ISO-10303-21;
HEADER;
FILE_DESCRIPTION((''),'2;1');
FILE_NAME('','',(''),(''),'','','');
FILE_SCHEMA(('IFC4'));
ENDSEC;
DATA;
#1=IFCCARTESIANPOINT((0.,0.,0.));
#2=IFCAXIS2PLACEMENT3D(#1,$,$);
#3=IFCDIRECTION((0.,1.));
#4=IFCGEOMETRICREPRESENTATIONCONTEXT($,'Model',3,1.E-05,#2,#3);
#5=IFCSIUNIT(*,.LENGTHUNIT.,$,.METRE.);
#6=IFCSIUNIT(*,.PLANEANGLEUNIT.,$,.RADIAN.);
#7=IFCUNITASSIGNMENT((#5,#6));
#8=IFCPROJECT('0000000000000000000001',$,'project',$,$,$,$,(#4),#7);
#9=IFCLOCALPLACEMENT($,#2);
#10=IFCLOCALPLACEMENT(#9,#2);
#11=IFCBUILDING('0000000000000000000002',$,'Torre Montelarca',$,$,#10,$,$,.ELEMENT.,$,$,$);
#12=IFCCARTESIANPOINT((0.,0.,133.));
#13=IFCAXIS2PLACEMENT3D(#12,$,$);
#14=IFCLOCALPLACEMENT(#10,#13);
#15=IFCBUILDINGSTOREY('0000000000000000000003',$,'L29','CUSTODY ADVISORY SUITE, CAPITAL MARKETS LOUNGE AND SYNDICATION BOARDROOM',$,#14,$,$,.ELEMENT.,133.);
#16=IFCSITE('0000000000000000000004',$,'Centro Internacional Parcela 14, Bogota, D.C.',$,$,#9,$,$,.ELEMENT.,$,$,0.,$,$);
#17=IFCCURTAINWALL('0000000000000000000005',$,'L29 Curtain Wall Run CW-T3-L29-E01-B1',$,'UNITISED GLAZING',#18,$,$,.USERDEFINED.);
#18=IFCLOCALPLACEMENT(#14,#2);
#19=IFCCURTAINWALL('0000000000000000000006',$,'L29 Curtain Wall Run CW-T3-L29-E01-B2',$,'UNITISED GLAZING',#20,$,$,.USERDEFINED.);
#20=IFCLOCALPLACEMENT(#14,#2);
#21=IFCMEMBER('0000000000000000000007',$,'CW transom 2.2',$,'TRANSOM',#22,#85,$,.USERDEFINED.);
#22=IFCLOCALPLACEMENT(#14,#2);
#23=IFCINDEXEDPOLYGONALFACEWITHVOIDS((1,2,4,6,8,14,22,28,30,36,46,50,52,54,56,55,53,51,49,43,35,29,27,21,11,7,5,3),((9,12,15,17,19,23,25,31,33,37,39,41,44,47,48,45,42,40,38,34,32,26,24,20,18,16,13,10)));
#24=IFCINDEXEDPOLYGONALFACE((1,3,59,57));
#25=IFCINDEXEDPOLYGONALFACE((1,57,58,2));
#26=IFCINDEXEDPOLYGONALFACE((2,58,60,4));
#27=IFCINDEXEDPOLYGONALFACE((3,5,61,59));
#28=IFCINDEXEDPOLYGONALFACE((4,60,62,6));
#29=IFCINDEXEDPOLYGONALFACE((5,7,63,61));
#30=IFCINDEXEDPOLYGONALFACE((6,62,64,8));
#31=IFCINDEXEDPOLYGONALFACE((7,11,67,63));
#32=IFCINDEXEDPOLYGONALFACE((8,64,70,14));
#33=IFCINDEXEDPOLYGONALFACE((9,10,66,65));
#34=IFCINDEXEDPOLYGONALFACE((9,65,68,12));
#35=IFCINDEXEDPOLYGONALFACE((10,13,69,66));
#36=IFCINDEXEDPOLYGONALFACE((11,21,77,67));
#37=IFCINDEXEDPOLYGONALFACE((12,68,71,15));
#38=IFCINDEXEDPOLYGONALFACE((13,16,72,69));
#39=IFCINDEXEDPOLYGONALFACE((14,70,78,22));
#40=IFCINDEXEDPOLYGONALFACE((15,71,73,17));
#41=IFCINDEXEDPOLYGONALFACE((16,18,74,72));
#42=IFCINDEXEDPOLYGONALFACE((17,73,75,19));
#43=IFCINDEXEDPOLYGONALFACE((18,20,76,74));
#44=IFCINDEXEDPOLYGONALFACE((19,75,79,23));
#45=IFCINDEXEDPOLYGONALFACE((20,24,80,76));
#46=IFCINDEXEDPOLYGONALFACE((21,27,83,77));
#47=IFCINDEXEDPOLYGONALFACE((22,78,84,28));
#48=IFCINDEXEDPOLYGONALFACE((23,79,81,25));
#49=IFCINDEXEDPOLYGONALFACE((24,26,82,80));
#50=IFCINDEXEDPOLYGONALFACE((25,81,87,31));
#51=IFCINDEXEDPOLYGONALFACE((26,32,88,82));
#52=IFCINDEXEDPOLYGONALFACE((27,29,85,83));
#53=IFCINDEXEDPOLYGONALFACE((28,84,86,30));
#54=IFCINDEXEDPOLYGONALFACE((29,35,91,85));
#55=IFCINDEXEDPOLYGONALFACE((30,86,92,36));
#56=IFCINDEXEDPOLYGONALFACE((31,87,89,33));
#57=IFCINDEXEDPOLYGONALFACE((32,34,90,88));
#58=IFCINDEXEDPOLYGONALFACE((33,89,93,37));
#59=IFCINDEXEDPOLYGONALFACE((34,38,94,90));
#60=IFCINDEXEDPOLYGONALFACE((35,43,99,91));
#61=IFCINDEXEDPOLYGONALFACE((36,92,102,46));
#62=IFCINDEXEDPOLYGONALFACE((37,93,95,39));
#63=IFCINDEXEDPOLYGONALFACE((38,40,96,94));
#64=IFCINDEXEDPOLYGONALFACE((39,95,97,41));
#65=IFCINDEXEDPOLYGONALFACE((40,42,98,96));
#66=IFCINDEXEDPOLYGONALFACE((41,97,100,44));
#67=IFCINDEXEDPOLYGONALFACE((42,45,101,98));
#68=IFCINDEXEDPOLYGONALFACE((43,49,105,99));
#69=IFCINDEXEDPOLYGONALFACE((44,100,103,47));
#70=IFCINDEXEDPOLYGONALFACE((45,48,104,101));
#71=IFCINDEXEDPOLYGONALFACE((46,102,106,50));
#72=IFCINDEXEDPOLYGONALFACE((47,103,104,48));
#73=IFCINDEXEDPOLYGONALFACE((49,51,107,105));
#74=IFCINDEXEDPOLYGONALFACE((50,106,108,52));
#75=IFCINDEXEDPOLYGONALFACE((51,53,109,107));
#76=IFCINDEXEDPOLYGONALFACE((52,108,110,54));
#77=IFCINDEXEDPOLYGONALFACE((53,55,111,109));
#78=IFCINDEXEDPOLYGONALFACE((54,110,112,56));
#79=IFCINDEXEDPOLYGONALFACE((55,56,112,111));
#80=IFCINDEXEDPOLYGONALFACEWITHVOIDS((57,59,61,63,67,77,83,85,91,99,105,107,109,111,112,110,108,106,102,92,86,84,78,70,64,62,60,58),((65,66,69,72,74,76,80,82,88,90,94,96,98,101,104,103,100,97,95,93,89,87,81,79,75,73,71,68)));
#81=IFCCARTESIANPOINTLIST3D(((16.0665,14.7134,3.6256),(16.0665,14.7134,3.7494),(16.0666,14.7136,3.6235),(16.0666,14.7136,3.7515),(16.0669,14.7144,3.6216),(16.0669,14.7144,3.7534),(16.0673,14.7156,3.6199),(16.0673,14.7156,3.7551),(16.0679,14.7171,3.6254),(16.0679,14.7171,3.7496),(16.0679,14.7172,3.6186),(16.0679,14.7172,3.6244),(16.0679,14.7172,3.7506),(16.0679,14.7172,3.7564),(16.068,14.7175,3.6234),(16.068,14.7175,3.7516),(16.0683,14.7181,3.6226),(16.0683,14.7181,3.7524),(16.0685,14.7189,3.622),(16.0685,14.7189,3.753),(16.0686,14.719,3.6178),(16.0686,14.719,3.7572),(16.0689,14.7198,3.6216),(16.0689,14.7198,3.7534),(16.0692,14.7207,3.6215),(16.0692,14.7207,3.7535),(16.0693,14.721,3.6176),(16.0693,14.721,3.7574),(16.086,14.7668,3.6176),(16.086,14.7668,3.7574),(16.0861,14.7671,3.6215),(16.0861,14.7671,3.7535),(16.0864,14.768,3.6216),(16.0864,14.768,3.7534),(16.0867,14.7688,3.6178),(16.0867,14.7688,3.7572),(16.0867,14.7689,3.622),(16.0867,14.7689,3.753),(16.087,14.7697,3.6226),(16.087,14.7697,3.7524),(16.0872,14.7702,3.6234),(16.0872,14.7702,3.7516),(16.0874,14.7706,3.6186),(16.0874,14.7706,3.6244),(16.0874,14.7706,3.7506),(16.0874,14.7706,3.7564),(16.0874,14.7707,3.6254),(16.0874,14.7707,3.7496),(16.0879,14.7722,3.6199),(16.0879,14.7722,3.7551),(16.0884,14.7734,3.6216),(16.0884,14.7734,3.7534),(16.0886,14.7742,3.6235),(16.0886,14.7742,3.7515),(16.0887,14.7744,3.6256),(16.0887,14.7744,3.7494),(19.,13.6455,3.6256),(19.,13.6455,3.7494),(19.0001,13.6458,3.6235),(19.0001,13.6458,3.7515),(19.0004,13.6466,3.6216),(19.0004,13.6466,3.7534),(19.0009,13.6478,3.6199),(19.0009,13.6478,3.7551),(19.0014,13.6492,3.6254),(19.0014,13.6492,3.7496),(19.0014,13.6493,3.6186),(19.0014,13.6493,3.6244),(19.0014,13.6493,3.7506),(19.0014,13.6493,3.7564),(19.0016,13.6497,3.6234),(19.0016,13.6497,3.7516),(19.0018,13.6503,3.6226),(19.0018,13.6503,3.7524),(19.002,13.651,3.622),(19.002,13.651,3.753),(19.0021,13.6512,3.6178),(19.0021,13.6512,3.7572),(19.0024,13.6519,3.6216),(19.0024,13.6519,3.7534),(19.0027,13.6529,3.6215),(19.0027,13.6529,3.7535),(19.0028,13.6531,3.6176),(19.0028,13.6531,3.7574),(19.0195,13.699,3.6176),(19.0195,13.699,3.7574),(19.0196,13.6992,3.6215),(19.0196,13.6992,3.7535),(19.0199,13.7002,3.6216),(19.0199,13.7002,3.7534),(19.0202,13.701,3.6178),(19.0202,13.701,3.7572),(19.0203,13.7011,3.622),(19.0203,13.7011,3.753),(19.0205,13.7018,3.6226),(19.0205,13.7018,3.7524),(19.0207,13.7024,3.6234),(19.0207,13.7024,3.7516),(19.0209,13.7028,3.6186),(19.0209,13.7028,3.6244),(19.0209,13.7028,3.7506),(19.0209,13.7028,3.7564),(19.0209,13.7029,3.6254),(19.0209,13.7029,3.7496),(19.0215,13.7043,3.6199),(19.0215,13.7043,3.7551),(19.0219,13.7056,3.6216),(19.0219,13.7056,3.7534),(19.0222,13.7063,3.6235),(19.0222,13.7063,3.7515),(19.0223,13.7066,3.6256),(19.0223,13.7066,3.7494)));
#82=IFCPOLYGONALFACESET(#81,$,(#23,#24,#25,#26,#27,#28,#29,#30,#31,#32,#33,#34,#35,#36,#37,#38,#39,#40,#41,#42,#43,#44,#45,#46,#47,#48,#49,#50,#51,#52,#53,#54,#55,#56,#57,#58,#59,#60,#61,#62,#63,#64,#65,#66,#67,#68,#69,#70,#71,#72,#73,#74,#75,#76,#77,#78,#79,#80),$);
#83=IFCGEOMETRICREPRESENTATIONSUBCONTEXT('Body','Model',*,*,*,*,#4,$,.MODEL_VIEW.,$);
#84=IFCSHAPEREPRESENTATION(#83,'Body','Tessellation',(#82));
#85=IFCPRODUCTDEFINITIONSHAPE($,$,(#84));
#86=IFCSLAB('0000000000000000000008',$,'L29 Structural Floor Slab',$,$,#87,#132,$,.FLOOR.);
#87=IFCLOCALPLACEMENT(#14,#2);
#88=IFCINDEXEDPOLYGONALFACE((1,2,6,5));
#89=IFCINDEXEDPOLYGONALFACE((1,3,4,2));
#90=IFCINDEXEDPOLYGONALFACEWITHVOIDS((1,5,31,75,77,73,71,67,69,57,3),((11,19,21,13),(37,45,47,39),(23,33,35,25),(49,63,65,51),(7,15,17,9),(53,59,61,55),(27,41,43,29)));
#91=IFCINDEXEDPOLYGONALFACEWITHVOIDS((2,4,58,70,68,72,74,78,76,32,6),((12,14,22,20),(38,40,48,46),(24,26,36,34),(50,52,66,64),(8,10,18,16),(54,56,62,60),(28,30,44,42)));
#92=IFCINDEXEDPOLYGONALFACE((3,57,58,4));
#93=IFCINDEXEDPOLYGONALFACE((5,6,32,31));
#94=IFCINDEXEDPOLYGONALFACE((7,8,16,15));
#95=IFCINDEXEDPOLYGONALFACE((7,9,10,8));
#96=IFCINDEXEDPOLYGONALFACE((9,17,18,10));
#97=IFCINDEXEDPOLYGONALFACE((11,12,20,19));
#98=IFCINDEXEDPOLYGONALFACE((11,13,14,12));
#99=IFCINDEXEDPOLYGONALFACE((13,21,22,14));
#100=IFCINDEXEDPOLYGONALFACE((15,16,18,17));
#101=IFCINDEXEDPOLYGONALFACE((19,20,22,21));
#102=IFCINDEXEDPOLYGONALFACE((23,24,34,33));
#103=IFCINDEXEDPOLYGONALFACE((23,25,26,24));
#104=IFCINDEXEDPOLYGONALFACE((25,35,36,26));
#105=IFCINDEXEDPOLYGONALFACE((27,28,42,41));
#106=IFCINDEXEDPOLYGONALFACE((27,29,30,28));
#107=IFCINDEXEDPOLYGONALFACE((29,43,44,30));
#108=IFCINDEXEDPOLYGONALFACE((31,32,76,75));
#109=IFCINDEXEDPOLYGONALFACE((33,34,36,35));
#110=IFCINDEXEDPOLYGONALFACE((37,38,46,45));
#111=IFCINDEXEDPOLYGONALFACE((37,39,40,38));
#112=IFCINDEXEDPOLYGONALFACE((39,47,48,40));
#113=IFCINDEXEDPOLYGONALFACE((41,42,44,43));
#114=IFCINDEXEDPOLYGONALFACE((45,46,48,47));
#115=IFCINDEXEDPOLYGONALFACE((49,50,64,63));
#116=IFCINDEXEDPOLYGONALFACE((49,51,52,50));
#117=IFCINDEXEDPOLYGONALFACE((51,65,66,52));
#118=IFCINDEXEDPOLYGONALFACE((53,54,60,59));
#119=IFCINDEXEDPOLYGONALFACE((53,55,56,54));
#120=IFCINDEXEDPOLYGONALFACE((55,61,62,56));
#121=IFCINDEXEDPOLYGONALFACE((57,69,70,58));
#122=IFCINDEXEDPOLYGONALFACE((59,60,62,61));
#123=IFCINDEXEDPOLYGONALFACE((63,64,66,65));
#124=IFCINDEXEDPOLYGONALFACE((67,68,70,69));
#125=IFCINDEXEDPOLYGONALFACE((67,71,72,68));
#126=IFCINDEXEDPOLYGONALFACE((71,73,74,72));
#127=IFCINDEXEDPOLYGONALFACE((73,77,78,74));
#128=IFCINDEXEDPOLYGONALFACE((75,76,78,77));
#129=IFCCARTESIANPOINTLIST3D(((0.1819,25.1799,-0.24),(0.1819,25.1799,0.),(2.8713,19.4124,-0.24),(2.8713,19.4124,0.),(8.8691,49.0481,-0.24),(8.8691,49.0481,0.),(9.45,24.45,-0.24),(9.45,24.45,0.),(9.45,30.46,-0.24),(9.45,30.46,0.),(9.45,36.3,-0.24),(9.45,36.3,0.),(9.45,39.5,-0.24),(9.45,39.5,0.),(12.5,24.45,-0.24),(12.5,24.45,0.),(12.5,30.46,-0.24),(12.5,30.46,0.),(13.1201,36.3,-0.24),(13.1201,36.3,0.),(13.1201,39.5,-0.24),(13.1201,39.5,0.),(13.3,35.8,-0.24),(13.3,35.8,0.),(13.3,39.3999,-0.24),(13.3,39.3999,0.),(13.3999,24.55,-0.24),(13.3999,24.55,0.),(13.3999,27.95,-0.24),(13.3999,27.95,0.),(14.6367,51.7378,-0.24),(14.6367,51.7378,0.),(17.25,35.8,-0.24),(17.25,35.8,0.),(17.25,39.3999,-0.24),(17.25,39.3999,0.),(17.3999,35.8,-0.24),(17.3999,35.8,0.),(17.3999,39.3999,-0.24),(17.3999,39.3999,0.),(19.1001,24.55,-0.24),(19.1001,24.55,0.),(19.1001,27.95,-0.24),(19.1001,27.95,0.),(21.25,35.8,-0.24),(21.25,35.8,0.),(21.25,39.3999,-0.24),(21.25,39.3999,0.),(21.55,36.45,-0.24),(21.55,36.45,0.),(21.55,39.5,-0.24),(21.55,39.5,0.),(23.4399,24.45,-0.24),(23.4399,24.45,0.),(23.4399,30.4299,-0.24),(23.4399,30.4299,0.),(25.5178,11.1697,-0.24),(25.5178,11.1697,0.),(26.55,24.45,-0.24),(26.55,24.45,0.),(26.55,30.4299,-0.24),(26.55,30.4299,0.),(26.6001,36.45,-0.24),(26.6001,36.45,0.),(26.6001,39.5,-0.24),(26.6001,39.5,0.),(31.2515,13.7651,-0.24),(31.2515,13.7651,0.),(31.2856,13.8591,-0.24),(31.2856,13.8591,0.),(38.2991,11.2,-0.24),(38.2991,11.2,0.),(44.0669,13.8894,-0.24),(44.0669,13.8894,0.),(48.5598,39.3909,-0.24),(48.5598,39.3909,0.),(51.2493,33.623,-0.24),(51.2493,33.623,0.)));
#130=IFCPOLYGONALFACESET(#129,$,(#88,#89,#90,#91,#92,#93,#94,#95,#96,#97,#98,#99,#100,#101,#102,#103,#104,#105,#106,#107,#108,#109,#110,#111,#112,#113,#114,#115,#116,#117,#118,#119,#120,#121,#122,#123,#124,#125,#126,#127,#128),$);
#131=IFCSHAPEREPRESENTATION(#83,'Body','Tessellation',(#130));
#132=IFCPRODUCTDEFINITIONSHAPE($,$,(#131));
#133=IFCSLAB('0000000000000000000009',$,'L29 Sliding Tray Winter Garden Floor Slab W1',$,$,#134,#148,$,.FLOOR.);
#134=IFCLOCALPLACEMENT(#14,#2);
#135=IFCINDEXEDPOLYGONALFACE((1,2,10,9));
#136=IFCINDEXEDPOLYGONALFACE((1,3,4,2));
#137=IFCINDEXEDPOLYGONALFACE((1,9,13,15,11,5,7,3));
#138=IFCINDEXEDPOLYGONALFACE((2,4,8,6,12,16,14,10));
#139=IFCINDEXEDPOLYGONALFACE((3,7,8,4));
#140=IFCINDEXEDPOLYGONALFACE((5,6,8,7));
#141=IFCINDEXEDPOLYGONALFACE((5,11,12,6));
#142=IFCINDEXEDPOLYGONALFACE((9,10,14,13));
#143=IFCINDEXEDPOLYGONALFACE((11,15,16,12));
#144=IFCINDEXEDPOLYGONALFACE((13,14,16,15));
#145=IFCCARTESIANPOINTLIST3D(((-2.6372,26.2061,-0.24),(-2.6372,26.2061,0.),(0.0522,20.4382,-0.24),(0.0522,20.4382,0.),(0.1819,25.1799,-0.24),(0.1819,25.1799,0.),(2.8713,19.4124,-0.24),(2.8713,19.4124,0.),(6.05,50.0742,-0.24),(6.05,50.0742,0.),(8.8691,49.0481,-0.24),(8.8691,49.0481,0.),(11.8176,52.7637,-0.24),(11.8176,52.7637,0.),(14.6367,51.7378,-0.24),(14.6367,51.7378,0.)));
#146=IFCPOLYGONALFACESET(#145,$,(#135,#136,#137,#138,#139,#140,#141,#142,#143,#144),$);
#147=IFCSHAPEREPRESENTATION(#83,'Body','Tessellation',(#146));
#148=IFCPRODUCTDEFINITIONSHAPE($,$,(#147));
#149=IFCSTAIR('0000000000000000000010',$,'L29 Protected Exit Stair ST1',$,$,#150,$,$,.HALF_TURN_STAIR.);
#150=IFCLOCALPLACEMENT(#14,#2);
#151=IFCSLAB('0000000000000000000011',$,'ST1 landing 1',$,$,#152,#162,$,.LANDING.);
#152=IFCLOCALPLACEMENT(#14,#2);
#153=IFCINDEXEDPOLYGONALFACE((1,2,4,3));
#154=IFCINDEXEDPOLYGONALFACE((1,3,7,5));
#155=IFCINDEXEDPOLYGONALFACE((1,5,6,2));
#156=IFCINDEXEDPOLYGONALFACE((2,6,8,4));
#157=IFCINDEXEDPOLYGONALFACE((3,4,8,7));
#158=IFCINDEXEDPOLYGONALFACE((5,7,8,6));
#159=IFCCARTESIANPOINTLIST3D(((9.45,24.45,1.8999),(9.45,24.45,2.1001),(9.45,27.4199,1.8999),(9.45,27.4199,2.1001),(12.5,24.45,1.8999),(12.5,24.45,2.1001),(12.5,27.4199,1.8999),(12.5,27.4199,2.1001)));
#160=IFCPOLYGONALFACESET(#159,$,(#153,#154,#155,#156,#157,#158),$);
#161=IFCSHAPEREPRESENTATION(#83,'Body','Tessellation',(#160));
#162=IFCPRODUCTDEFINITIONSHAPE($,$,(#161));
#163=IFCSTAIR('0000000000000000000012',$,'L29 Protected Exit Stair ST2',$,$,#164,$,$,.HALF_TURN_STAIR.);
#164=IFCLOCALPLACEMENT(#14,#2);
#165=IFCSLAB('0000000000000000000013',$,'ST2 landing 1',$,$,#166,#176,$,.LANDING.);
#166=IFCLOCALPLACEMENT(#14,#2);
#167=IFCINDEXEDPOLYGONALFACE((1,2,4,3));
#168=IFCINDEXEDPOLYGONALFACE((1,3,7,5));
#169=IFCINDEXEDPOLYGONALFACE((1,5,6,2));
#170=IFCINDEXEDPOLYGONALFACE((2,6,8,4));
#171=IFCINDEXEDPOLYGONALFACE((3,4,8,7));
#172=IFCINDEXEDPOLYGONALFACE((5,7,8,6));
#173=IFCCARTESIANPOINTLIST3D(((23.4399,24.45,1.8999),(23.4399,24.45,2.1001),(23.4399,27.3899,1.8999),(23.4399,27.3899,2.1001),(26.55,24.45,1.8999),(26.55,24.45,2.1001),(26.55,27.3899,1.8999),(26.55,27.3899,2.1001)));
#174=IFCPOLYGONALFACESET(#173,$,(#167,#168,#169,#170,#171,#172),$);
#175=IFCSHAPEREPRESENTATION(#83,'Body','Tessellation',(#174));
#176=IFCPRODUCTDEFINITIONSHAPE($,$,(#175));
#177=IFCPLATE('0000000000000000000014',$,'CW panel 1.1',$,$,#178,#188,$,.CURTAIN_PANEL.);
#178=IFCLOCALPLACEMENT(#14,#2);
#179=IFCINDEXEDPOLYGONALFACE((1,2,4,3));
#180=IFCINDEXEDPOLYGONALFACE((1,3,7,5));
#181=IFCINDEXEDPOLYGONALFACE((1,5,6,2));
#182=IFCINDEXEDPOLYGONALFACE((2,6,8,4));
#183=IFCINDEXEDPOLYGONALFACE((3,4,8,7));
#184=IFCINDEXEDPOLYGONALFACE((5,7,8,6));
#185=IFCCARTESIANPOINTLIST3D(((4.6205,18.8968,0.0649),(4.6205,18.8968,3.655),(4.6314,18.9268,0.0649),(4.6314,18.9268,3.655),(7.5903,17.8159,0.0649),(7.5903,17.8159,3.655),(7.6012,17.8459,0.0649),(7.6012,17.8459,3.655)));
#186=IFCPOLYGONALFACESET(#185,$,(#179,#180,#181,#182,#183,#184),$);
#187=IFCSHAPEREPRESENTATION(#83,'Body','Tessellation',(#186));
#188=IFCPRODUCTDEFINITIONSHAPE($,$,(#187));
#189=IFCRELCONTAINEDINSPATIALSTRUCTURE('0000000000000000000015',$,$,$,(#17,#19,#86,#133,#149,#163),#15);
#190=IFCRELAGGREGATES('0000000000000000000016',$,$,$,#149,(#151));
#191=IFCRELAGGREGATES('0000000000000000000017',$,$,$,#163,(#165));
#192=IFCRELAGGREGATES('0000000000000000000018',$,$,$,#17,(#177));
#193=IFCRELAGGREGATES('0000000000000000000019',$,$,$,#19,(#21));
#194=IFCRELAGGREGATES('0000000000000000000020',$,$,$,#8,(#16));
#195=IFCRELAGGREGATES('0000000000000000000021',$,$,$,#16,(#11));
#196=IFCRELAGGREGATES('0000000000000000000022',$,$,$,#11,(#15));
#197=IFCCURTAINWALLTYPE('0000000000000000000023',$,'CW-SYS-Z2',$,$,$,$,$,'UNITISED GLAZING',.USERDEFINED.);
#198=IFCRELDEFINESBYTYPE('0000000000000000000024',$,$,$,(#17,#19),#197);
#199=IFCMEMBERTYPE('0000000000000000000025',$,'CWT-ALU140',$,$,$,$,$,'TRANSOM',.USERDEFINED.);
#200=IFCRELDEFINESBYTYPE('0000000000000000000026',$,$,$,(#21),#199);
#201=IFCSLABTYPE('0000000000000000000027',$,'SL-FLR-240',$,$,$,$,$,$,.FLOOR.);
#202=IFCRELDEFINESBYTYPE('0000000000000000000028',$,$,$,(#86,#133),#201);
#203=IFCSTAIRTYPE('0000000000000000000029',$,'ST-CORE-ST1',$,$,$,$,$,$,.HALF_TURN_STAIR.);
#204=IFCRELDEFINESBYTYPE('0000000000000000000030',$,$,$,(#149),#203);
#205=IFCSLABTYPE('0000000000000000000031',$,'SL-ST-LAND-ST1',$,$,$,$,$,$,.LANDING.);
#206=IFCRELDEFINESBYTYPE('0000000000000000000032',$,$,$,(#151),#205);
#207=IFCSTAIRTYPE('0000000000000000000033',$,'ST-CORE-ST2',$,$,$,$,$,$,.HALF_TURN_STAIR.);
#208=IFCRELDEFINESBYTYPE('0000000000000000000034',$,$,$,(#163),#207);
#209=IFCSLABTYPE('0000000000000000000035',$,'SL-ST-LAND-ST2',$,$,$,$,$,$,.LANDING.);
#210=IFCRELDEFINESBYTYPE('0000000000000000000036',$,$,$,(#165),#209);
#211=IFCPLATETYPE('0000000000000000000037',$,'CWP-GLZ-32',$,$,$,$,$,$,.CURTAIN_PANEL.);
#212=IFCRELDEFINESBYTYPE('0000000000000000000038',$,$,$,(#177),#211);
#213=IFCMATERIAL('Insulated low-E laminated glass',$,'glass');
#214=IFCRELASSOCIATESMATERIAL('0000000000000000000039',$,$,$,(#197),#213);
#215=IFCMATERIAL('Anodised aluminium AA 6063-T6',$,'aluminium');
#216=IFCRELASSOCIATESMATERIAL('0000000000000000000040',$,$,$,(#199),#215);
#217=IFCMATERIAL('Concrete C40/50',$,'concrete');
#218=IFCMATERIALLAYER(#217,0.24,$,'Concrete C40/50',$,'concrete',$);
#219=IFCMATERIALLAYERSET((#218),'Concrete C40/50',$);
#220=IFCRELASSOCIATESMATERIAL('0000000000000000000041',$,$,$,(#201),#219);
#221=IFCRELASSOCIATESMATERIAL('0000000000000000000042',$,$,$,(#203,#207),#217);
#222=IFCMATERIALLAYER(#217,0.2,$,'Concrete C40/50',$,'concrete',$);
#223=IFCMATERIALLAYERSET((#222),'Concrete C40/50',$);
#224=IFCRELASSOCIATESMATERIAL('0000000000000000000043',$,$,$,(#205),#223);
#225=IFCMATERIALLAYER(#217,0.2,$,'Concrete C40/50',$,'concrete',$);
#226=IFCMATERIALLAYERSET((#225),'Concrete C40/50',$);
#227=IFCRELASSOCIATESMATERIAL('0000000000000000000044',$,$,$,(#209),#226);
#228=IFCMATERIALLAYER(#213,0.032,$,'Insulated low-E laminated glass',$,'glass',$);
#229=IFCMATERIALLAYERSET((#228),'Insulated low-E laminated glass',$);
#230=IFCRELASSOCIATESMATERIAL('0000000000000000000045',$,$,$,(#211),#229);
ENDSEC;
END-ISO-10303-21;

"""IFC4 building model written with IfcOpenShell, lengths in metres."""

from ifc_helpers import new_model, si_unit, direction, frame, origin, origin_2d, place, context, subcontext, project, spatial, polyline, rectangle, hollow_rectangle, outline, extrude, source, transform, mapped, material, layer, layer_set, material_profile, profile_set, type_object, element, aggregate, save


model = new_model("IFC4")

# Units and contexts
model_context = context("Model", 3, precision=1e-05, world=origin(), true_north=direction((0.0, 1.0)))
body_context = subcontext(model_context, "Body", "Model", "MODEL_VIEW")
ifc_project = project(units=[si_unit("LENGTHUNIT", "METRE"), si_unit("PLANEANGLEUNIT", "RADIAN")], contexts=[model_context])

# Site, building, storey
site_placement = place(None, origin())
site = spatial("IfcSite", under=ifc_project, at=site_placement, Name="Centro Internacional Parcela 14, Bogota, D.C.", CompositionType="ELEMENT", RefElevation=0.0)
building_placement = place(site_placement, origin())
building = spatial("IfcBuilding", under=site, at=building_placement, Name="Torre Montelarca", CompositionType="ELEMENT")
storey_placement = place(building_placement, frame((0.0, 0.0, 133.0)))
storey = spatial("IfcBuildingStorey", under=building, at=storey_placement, Name="L29", Description="CUSTODY ADVISORY SUITE, CAPITAL MARKETS LOUNGE AND SYNDICATION BOARDROOM", CompositionType="ELEMENT", Elevation=133.0)

# Curtain walls
ifc_material_1 = material(Name="Insulated low-E laminated glass", Category="glass")
curtain_wall_type = type_object("IfcCurtainWallType", Name="CW-SYS-Z2", ElementType="UNITISED GLAZING", PredefinedType="USERDEFINED", material=ifc_material_1)
curtain_wall_1_placement = place(storey_placement, origin())
curtain_wall_1 = element("IfcCurtainWall", 1, at=curtain_wall_1_placement, inside=storey, type_object=curtain_wall_type, Name="L29 Curtain Wall Run CW-T3-L29-E01-B1", ObjectType="UNITISED GLAZING", PredefinedType="USERDEFINED")
ifc_material_2 = material(Name="Anodised aluminium AA 6063-T6", Category="aluminium")
curtain_wall_2_placement = place(storey_placement, origin())
curtain_wall_2 = element("IfcCurtainWall", 2, at=curtain_wall_2_placement, inside=storey, type_object=curtain_wall_type, Name="L29 Curtain Wall Run CW-T3-L29-E01-B2", ObjectType="UNITISED GLAZING", PredefinedType="USERDEFINED")
ifc_material_profile_1 = material_profile(ifc_material_2, hollow_rectangle(XDim=0.0649, YDim=0.1399, WallThickness=0.0039, InnerFilletRadius=0.0039, OuterFilletRadius=0.0081, at=origin_2d()), Name="ALU65X140X4", Category="aluminium")
ifc_profile_set_1 = profile_set([ifc_material_profile_1], Name="Anodised aluminium AA 6063-T6")
member_type_1 = type_object("IfcMemberType", Name="CWT-ALU140", ElementType="TRANSOM", PredefinedType="USERDEFINED", material=ifc_profile_set_1)

# Member
shared_shape_1 = source(origin(), body_context, "Body", "SweptSolid", [
    extrude(hollow_rectangle(XDim=0.0649, YDim=0.1399, WallThickness=0.0039, InnerFilletRadius=0.0039, OuterFilletRadius=0.0081, at=origin_2d()), origin(), (0.0, 0.0, 1.0), 3.1218),
])
member_1_placement = place(storey_placement, frame((16.0776, 14.7439, 3.6875), z_axis=(0.939679, -0.342057, 0.0), x_axis=(0.342057, 0.939679, 0.0)))
member_1 = element("IfcMember", 3, at=member_1_placement, type_object=member_type_1, Name="CW transom 2.2", ObjectType="TRANSOM", PredefinedType="USERDEFINED", context=body_context, shape_type="MappedRepresentation", body=[
    mapped(shared_shape_1, transform((0.0, 0.0, 0.0), scale=1.0)),
])

# Slabs
ifc_material_3 = material(Name="Concrete C40/50", Category="concrete")
ifc_layer_1 = layer(ifc_material_3, 0.24, Name="Concrete C40/50", Category="concrete")
ifc_layer_set_1 = layer_set([ifc_layer_1], Name="Concrete C40/50")
slab_type_1 = type_object("IfcSlabType", Name="SL-FLR-240", PredefinedType="FLOOR", material=ifc_layer_set_1)
slab_1_placement = place(storey_placement, frame((0.0, 0.0, -0.24)))
element("IfcSlab", 4, at=slab_1_placement, inside=storey, type_object=slab_type_1, Name="L29 Structural Floor Slab", PredefinedType="FLOOR", context=body_context, shape_type="SweptSolid", body=[
    extrude(outline(polyline([(25.5178, 11.1697), (31.2856, 13.8591), (31.2515, 13.7651), (38.2991, 11.2), (44.0669, 13.8894), (51.2493, 33.623), (48.5598, 39.3909), (14.6367, 51.7378), (8.8691, 49.0481), (0.1819, 25.1799), (2.8713, 19.4124), (25.5178, 11.1697)]), holes=[polyline([(19.1001, 27.95), (19.1001, 24.55), (13.3999, 24.55), (13.3999, 27.95), (19.1001, 27.95)]), polyline([(23.4399, 24.45), (23.4399, 30.4299), (26.55, 30.4299), (26.55, 24.45), (23.4399, 24.45)]), polyline([(9.45, 24.45), (9.45, 30.46), (12.5, 30.46), (12.5, 24.45), (9.45, 24.45)]), polyline([(17.25, 35.8), (13.3, 35.8), (13.3, 39.3999), (17.25, 39.3999), (17.25, 35.8)]), polyline([(21.25, 35.8), (17.3999, 35.8), (17.3999, 39.3999), (21.25, 39.3999), (21.25, 35.8)]), polyline([(13.1201, 36.3), (9.45, 36.3), (9.45, 39.5), (13.1201, 39.5), (13.1201, 36.3)]), polyline([(26.6001, 36.45), (21.55, 36.45), (21.55, 39.5), (26.6001, 39.5), (26.6001, 36.45)])]), origin(), (0.0, 0.0, 1.0), 0.24),
])
slab_2_placement = place(storey_placement, frame((0.0, 0.0, -0.24)))
element("IfcSlab", 5, at=slab_2_placement, inside=storey, type_object=slab_type_1, Name="L29 Sliding Tray Winter Garden Floor Slab W1", PredefinedType="FLOOR", context=body_context, shape_type="SweptSolid", body=[
    extrude(outline(polyline([(2.8713, 19.4124), (0.1819, 25.1799), (8.8691, 49.0481), (14.6367, 51.7378), (11.8176, 52.7637), (6.05, 50.0742), (-2.6372, 26.2061), (0.0522, 20.4382), (2.8713, 19.4124)])), origin(), (0.0, 0.0, 1.0), 0.24),
])

# Stairs, slabs
stair_type_1 = type_object("IfcStairType", Name="ST-CORE-ST1", PredefinedType="HALF_TURN_STAIR", material=ifc_material_3)
stair_1_placement = place(storey_placement, origin())
stair_1 = element("IfcStair", 6, at=stair_1_placement, inside=storey, type_object=stair_type_1, Name="L29 Protected Exit Stair ST1", PredefinedType="HALF_TURN_STAIR")
ifc_layer_2 = layer(ifc_material_3, 0.2, Name="Concrete C40/50", Category="concrete")
ifc_layer_set_2 = layer_set([ifc_layer_2], Name="Concrete C40/50")
slab_type_2 = type_object("IfcSlabType", Name="SL-ST-LAND-ST1", PredefinedType="LANDING", material=ifc_layer_set_2)
slab_3_placement = place(storey_placement, frame((0.0, 0.0, 1.8999)))
slab_3 = element("IfcSlab", 7, at=slab_3_placement, type_object=slab_type_2, Name="ST1 landing 1", PredefinedType="LANDING", context=body_context, shape_type="SweptSolid", body=[
    extrude(outline(polyline([(9.45, 27.4199), (9.45, 24.45), (12.5, 24.45), (12.5, 27.4199), (9.45, 27.4199)])), origin(), (0.0, 0.0, 1.0), 0.2002),
])
aggregate(stair_1, [slab_3])
stair_type_2 = type_object("IfcStairType", Name="ST-CORE-ST2", PredefinedType="HALF_TURN_STAIR", material=ifc_material_3)
stair_2_placement = place(storey_placement, origin())
stair_2 = element("IfcStair", 8, at=stair_2_placement, inside=storey, type_object=stair_type_2, Name="L29 Protected Exit Stair ST2", PredefinedType="HALF_TURN_STAIR")
ifc_layer_3 = layer(ifc_material_3, 0.2, Name="Concrete C40/50", Category="concrete")
ifc_layer_set_3 = layer_set([ifc_layer_3], Name="Concrete C40/50")
slab_type_3 = type_object("IfcSlabType", Name="SL-ST-LAND-ST2", PredefinedType="LANDING", material=ifc_layer_set_3)
slab_4_placement = place(storey_placement, frame((0.0, 0.0, 1.8999)))
slab_4 = element("IfcSlab", 9, at=slab_4_placement, type_object=slab_type_3, Name="ST2 landing 1", PredefinedType="LANDING", context=body_context, shape_type="SweptSolid", body=[
    extrude(outline(polyline([(23.4399, 27.3899), (23.4399, 24.45), (26.55, 24.45), (26.55, 27.3899), (23.4399, 27.3899)])), origin(), (0.0, 0.0, 1.0), 0.2002),
])
aggregate(stair_2, [slab_4])

# Plate
ifc_layer_4 = layer(ifc_material_1, 0.032, Name="Insulated low-E laminated glass", Category="glass")
ifc_layer_set_4 = layer_set([ifc_layer_4], Name="Insulated low-E laminated glass")
plate_type = type_object("IfcPlateType", Name="CWP-GLZ-32", PredefinedType="CURTAIN_PANEL", material=ifc_layer_set_4)
shared_shape_2 = source(origin(), body_context, "Body", "SweptSolid", [
    extrude(rectangle(XDim=3.1604, YDim=0.032, at=origin_2d()), origin(), (0.0, 0.0, 1.0), 3.5901),
])
plate_1_placement = place(storey_placement, frame((6.1108, 18.3713, 0.0649), z_axis=(0.0, 0.0, 1.0), x_axis=(0.939697, -0.342009, 0.0)))
plate_1 = element("IfcPlate", 10, at=plate_1_placement, type_object=plate_type, Name="CW panel 1.1", PredefinedType="CURTAIN_PANEL", context=body_context, shape_type="MappedRepresentation", body=[
    mapped(shared_shape_2, transform((0.0, 0.0, 0.0), scale=1.0)),
])
aggregate(curtain_wall_1, [plate_1])
aggregate(curtain_wall_2, [member_1])

save(model, "model.ifc")
